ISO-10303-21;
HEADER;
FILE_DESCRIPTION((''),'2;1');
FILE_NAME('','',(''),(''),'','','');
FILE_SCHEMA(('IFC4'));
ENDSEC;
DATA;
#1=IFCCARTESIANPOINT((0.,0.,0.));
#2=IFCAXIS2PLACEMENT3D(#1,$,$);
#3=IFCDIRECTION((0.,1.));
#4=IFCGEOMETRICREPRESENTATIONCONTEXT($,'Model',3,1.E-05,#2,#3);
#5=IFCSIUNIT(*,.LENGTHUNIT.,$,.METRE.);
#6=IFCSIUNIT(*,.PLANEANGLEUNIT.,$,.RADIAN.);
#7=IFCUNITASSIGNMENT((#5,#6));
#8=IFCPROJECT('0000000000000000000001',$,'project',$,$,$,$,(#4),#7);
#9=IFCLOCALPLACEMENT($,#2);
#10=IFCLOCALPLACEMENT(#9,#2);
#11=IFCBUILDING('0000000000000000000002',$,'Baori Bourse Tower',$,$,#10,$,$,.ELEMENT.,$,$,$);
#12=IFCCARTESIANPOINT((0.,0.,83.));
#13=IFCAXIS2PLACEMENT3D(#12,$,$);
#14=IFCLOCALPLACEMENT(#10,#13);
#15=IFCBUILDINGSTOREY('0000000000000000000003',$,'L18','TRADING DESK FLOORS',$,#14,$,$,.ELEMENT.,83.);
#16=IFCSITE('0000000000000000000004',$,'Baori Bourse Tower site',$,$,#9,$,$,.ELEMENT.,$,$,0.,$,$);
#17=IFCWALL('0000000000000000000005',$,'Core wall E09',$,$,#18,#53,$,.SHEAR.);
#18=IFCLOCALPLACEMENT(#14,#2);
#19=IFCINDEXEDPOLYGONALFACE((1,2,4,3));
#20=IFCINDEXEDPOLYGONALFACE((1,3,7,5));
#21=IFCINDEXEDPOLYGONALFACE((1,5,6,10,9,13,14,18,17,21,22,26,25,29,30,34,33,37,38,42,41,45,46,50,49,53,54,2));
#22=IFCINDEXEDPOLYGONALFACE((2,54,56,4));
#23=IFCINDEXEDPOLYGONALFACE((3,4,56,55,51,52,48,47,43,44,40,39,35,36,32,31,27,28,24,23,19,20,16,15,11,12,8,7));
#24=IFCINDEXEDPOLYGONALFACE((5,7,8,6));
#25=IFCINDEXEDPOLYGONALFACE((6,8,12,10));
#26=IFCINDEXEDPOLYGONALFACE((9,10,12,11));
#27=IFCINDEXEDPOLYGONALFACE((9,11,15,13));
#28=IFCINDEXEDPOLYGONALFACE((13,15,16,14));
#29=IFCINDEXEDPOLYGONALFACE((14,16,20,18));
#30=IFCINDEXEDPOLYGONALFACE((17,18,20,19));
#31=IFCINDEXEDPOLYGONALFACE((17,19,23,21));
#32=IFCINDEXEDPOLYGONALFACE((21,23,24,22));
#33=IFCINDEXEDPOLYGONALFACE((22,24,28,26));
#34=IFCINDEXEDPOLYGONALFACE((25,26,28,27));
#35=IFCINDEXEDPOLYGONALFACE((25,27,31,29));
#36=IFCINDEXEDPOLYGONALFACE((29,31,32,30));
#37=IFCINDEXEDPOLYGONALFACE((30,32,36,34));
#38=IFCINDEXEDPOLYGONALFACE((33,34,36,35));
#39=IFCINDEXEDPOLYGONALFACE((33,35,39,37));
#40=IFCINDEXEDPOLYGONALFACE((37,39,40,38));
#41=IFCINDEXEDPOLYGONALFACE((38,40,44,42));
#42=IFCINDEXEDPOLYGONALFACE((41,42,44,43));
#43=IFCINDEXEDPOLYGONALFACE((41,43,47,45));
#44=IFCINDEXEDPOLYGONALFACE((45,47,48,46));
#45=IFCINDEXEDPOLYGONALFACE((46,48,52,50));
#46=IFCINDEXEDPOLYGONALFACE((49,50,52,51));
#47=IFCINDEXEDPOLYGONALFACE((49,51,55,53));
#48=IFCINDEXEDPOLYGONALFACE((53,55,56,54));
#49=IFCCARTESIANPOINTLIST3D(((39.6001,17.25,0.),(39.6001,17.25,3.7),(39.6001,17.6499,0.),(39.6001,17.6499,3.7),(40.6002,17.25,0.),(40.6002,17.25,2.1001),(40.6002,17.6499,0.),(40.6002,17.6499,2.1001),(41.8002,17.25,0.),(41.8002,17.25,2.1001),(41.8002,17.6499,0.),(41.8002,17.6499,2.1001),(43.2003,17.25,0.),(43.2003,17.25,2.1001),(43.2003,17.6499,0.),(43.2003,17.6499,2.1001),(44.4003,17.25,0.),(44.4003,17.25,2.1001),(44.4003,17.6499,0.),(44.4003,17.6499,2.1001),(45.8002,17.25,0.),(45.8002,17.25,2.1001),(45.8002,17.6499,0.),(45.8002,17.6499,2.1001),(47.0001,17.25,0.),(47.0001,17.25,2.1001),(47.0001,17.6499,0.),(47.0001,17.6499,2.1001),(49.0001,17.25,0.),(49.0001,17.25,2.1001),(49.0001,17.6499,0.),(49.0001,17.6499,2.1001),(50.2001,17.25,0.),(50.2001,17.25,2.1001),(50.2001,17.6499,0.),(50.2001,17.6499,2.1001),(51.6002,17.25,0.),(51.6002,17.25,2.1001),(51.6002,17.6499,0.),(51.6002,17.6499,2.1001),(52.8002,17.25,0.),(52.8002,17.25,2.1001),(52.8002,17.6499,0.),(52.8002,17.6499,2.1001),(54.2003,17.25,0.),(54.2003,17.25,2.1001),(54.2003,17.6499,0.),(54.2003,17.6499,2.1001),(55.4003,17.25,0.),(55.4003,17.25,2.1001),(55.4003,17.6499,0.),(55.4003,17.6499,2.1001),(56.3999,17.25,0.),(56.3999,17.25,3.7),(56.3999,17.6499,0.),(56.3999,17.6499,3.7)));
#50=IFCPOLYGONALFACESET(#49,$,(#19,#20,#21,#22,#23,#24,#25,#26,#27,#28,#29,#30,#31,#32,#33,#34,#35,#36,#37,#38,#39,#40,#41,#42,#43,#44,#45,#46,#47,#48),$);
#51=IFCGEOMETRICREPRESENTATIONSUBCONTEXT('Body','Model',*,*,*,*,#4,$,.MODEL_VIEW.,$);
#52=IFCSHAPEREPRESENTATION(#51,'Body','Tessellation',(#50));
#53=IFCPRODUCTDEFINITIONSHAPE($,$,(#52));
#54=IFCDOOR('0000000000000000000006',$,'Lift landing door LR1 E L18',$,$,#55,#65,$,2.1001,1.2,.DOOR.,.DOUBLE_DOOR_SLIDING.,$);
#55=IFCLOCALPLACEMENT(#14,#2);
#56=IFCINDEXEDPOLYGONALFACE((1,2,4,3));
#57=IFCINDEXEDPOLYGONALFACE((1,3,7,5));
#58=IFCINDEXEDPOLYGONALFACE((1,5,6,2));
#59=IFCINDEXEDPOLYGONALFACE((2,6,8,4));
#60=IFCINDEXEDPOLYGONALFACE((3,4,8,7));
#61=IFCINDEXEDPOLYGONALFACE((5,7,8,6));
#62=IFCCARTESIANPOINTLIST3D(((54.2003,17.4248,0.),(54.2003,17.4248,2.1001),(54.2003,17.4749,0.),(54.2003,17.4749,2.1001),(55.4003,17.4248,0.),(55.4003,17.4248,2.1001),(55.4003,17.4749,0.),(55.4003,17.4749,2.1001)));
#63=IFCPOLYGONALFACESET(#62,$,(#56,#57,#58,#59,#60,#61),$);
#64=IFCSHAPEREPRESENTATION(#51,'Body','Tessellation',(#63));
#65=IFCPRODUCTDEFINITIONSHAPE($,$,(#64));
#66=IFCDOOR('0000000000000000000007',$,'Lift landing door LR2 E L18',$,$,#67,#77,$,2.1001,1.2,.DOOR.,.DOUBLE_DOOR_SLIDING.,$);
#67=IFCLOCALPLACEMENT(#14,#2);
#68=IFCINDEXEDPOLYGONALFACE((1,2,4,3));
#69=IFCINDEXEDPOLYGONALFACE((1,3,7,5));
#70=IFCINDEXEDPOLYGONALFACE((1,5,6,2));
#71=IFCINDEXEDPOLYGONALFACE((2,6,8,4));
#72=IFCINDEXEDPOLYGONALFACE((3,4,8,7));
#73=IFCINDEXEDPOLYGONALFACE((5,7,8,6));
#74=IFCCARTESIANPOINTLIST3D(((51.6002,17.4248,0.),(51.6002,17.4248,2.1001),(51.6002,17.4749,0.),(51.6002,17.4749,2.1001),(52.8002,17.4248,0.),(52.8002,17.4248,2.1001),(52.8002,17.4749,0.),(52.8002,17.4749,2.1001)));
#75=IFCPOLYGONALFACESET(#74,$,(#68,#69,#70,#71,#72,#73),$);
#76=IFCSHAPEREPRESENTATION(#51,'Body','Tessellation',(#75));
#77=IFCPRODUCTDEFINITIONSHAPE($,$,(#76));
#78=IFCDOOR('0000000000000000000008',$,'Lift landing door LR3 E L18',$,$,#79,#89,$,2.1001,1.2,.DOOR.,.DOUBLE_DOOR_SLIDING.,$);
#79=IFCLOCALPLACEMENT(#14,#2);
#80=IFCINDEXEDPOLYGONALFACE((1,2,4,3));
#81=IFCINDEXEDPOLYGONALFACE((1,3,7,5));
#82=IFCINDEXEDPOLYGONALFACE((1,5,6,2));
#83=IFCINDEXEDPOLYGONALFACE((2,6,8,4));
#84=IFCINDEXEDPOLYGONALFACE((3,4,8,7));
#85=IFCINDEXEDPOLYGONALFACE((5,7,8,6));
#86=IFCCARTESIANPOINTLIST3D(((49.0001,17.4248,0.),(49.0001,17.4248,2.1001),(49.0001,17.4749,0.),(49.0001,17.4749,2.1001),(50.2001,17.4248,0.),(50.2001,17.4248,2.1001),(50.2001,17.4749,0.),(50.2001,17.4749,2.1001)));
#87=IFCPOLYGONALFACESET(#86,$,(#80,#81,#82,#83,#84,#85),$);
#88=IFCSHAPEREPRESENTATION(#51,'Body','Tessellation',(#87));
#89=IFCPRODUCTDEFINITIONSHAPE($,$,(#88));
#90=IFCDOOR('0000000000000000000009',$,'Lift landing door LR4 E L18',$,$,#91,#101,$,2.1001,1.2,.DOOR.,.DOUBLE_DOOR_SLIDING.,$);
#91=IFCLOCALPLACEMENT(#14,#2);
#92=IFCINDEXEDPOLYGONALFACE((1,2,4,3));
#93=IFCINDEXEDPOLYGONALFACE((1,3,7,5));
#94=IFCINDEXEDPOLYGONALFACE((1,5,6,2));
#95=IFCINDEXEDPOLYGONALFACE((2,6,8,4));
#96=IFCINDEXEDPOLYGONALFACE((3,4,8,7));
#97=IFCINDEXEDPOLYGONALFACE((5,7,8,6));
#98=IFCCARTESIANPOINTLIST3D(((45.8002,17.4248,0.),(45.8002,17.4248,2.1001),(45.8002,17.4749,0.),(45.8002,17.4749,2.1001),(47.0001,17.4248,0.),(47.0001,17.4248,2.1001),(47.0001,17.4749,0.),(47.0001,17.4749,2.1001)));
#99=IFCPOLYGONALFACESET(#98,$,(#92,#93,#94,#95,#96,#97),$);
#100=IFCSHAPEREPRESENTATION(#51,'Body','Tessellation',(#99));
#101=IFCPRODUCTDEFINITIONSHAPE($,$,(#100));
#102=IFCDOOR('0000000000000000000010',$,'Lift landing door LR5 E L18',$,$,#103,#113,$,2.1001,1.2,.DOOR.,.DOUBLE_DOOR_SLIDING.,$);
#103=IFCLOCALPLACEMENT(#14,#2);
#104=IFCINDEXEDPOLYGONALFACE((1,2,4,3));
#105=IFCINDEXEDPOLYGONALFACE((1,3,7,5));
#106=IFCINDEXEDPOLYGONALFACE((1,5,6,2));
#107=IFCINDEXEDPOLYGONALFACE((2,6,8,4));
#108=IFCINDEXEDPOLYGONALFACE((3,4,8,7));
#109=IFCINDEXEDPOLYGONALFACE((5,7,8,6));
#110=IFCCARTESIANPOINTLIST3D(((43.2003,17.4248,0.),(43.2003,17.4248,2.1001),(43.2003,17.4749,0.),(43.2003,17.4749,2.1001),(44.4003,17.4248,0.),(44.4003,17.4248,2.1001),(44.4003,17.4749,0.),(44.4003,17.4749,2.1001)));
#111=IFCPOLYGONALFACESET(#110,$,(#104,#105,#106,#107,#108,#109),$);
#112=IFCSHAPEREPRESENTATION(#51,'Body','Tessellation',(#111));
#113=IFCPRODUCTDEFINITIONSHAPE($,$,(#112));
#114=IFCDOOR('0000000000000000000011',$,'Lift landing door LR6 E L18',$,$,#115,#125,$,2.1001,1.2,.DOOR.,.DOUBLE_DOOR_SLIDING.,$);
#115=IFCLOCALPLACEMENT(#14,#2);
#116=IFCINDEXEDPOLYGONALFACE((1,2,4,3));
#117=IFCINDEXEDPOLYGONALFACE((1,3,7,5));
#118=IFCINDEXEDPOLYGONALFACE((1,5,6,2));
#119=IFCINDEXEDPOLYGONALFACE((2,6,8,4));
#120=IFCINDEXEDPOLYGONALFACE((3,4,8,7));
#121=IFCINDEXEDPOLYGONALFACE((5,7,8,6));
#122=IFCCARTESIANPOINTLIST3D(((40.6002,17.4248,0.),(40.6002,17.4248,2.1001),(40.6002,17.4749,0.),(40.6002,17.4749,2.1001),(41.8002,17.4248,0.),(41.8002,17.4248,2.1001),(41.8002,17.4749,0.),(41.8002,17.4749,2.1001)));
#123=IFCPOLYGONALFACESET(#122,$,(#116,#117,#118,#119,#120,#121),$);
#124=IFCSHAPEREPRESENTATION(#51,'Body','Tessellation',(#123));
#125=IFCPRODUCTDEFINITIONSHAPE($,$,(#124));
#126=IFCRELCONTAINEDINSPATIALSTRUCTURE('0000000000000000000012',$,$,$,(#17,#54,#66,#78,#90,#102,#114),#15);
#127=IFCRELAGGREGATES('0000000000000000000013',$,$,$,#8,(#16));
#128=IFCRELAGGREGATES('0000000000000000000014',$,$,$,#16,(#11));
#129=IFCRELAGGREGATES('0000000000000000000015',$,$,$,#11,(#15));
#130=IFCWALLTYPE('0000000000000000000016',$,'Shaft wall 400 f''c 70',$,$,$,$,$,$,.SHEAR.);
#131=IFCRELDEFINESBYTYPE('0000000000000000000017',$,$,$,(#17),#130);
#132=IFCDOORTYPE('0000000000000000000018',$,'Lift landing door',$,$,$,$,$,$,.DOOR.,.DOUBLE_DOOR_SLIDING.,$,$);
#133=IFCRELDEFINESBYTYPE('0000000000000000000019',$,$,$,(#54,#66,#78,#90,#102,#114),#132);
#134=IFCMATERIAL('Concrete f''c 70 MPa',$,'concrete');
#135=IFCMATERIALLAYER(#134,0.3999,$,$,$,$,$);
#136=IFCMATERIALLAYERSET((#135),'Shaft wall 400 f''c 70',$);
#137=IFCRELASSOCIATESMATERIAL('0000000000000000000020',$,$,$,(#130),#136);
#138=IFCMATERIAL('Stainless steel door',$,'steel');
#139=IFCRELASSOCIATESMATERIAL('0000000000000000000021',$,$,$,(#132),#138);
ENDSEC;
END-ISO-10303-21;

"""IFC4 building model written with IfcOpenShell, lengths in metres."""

from ifc_helpers import new_model, si_unit, direction, frame, frame_2d, origin, place, context, subcontext, project, spatial, rectangle, extrude, material, layer, layer_set, type_object, element, fill, save


model = new_model("IFC4")

# Units and contexts
model_context = context("Model", 3, precision=1e-05, world=origin(), true_north=direction((0.0, 1.0)))
body_context = subcontext(model_context, "Body", "Model", "MODEL_VIEW")
ifc_project = project(units=[si_unit("LENGTHUNIT", "METRE"), si_unit("PLANEANGLEUNIT", "RADIAN")], contexts=[model_context])

# Site, building, storey
site_placement = place(None, origin())
site = spatial("IfcSite", under=ifc_project, at=site_placement, Name="Baori Bourse Tower site", CompositionType="ELEMENT", RefElevation=0.0)
building_placement = place(site_placement, origin())
building = spatial("IfcBuilding", under=site, at=building_placement, Name="Baori Bourse Tower", CompositionType="ELEMENT")
storey_placement = place(building_placement, frame((0.0, 0.0, 83.0)))
storey = spatial("IfcBuildingStorey", under=building, at=storey_placement, Name="L18", Description="TRADING DESK FLOORS", CompositionType="ELEMENT", Elevation=83.0)

# Shared definitions
ifc_material_1 = material(Name="Concrete f'c 70 MPa", Category="concrete")
ifc_layer_1 = layer(ifc_material_1, 0.3999)
ifc_layer_set_1 = layer_set([ifc_layer_1], Name="Shaft wall 400 f'c 70")
wall_type_1 = type_object("IfcWallType", Name="Shaft wall 400 f'c 70", PredefinedType="SHEAR", material=ifc_layer_set_1)

# Wall, openings, doors
wall_1_placement = place(storey_placement, frame((39.6001, 17.45, 0.0), z_axis=(0.0, 0.0, 1.0), x_axis=(1.0, 0.0, 0.0)))
wall_1 = element("IfcWall", 1, at=wall_1_placement, inside=storey, type_object=wall_type_1, Name="Core wall E09", PredefinedType="SHEAR", context=body_context, shape_type="SweptSolid", body=[
    extrude(rectangle(XDim=16.7998, YDim=0.3999, at=frame_2d((8.3999, 0.0))), origin(), (0.0, 0.0, 1.0), 3.7),
])
opening_1_placement = place(wall_1_placement, frame((14.6001, 0.0, 0.0)))
opening_1 = element("IfcOpeningElement", 2, at=opening_1_placement, cuts=wall_1, PredefinedType="OPENING", context=body_context, shape_type="SweptSolid", body=[
    extrude(rectangle(XDim=1.2, YDim=2.1001, at=frame_2d((0.6001, 1.05))), frame((0.0, 0.21, 0.0), z_axis=(0.0, -1.0, 0.0), x_axis=(1.0, 0.0, 0.0)), (0.0, 0.0, 1.0), 0.4199),
])
opening_2_placement = place(wall_1_placement, frame((12.0, 0.0, 0.0)))
opening_2 = element("IfcOpeningElement", 3, at=opening_2_placement, cuts=wall_1, PredefinedType="OPENING", context=body_context, shape_type="SweptSolid", body=[
    extrude(rectangle(XDim=1.2, YDim=2.1001, at=frame_2d((0.6001, 1.05))), frame((0.0, 0.21, 0.0), z_axis=(0.0, -1.0, 0.0), x_axis=(1.0, 0.0, 0.0)), (0.0, 0.0, 1.0), 0.4199),
])
opening_3_placement = place(wall_1_placement, frame((9.3999, 0.0, 0.0)))
opening_3 = element("IfcOpeningElement", 4, at=opening_3_placement, cuts=wall_1, PredefinedType="OPENING", context=body_context, shape_type="SweptSolid", body=[
    extrude(rectangle(XDim=1.2, YDim=2.1001, at=frame_2d((0.6001, 1.05))), frame((0.0, 0.21, 0.0), z_axis=(0.0, -1.0, 0.0), x_axis=(1.0, 0.0, 0.0)), (0.0, 0.0, 1.0), 0.4199),
])
opening_4_placement = place(wall_1_placement, frame((6.2, 0.0, 0.0)))
opening_4 = element("IfcOpeningElement", 5, at=opening_4_placement, cuts=wall_1, PredefinedType="OPENING", context=body_context, shape_type="SweptSolid", body=[
    extrude(rectangle(XDim=1.2, YDim=2.1001, at=frame_2d((0.6001, 1.05))), frame((0.0, 0.21, 0.0), z_axis=(0.0, -1.0, 0.0), x_axis=(1.0, 0.0, 0.0)), (0.0, 0.0, 1.0), 0.4199),
])
opening_5_placement = place(wall_1_placement, frame((3.6001, 0.0, 0.0)))
opening_5 = element("IfcOpeningElement", 6, at=opening_5_placement, cuts=wall_1, PredefinedType="OPENING", context=body_context, shape_type="SweptSolid", body=[
    extrude(rectangle(XDim=1.2, YDim=2.1001, at=frame_2d((0.6001, 1.05))), frame((0.0, 0.21, 0.0), z_axis=(0.0, -1.0, 0.0), x_axis=(1.0, 0.0, 0.0)), (0.0, 0.0, 1.0), 0.4199),
])
opening_6_placement = place(wall_1_placement, frame((1.0, 0.0, 0.0)))
opening_6 = element("IfcOpeningElement", 7, at=opening_6_placement, cuts=wall_1, PredefinedType="OPENING", context=body_context, shape_type="SweptSolid", body=[
    extrude(rectangle(XDim=1.2, YDim=2.1001, at=frame_2d((0.6001, 1.05))), frame((0.0, 0.21, 0.0), z_axis=(0.0, -1.0, 0.0), x_axis=(1.0, 0.0, 0.0)), (0.0, 0.0, 1.0), 0.4199),
])
ifc_material_2 = material(Name="Stainless steel door", Category="steel")
door_type_1 = type_object("IfcDoorType", Name="Lift landing door", OperationType="DOUBLE_DOOR_SLIDING", PredefinedType="DOOR", material=ifc_material_2)
door_1_placement = place(opening_1_placement, origin())
door_1 = element("IfcDoor", 8, at=door_1_placement, inside=storey, type_object=door_type_1, Name="Lift landing door LR1 E L18", OperationType="DOUBLE_DOOR_SLIDING", OverallHeight=2.1001, OverallWidth=1.2, PredefinedType="DOOR", context=body_context, shape_type="SweptSolid", body=[
    extrude(rectangle(XDim=1.2, YDim=2.1001, at=frame_2d((0.6001, 1.05))), frame((0.0, 0.0249, 0.0), z_axis=(0.0, -1.0, 0.0), x_axis=(1.0, 0.0, 0.0)), (0.0, 0.0, 1.0), 0.05),
])
fill(opening_1, door_1)
door_2_placement = place(opening_2_placement, origin())
door_2 = element("IfcDoor", 9, at=door_2_placement, inside=storey, type_object=door_type_1, Name="Lift landing door LR2 E L18", OperationType="DOUBLE_DOOR_SLIDING", OverallHeight=2.1001, OverallWidth=1.2, PredefinedType="DOOR", context=body_context, shape_type="SweptSolid", body=[
    extrude(rectangle(XDim=1.2, YDim=2.1001, at=frame_2d((0.6001, 1.05))), frame((0.0, 0.0249, 0.0), z_axis=(0.0, -1.0, 0.0), x_axis=(1.0, 0.0, 0.0)), (0.0, 0.0, 1.0), 0.05),
])
fill(opening_2, door_2)
door_3_placement = place(opening_3_placement, origin())
door_3 = element("IfcDoor", 10, at=door_3_placement, inside=storey, type_object=door_type_1, Name="Lift landing door LR3 E L18", OperationType="DOUBLE_DOOR_SLIDING", OverallHeight=2.1001, OverallWidth=1.2, PredefinedType="DOOR", context=body_context, shape_type="SweptSolid", body=[
    extrude(rectangle(XDim=1.2, YDim=2.1001, at=frame_2d((0.6001, 1.05))), frame((0.0, 0.0249, 0.0), z_axis=(0.0, -1.0, 0.0), x_axis=(1.0, 0.0, 0.0)), (0.0, 0.0, 1.0), 0.05),
])
fill(opening_3, door_3)
door_4_placement = place(opening_4_placement, origin())
door_4 = element("IfcDoor", 11, at=door_4_placement, inside=storey, type_object=door_type_1, Name="Lift landing door LR4 E L18", OperationType="DOUBLE_DOOR_SLIDING", OverallHeight=2.1001, OverallWidth=1.2, PredefinedType="DOOR", context=body_context, shape_type="SweptSolid", body=[
    extrude(rectangle(XDim=1.2, YDim=2.1001, at=frame_2d((0.6001, 1.05))), frame((0.0, 0.0249, 0.0), z_axis=(0.0, -1.0, 0.0), x_axis=(1.0, 0.0, 0.0)), (0.0, 0.0, 1.0), 0.05),
])
fill(opening_4, door_4)
door_5_placement = place(opening_5_placement, origin())
door_5 = element("IfcDoor", 12, at=door_5_placement, inside=storey, type_object=door_type_1, Name="Lift landing door LR5 E L18", OperationType="DOUBLE_DOOR_SLIDING", OverallHeight=2.1001, OverallWidth=1.2, PredefinedType="DOOR", context=body_context, shape_type="SweptSolid", body=[
    extrude(rectangle(XDim=1.2, YDim=2.1001, at=frame_2d((0.6001, 1.05))), frame((0.0, 0.0249, 0.0), z_axis=(0.0, -1.0, 0.0), x_axis=(1.0, 0.0, 0.0)), (0.0, 0.0, 1.0), 0.05),
])
fill(opening_5, door_5)
door_6_placement = place(opening_6_placement, origin())
door_6 = element("IfcDoor", 13, at=door_6_placement, inside=storey, type_object=door_type_1, Name="Lift landing door LR6 E L18", OperationType="DOUBLE_DOOR_SLIDING", OverallHeight=2.1001, OverallWidth=1.2, PredefinedType="DOOR", context=body_context, shape_type="SweptSolid", body=[
    extrude(rectangle(XDim=1.2, YDim=2.1001, at=frame_2d((0.6001, 1.05))), frame((0.0, 0.0249, 0.0), z_axis=(0.0, -1.0, 0.0), x_axis=(1.0, 0.0, 0.0)), (0.0, 0.0, 1.0), 0.05),
])
fill(opening_6, door_6)

save(model, "model.ifc")
